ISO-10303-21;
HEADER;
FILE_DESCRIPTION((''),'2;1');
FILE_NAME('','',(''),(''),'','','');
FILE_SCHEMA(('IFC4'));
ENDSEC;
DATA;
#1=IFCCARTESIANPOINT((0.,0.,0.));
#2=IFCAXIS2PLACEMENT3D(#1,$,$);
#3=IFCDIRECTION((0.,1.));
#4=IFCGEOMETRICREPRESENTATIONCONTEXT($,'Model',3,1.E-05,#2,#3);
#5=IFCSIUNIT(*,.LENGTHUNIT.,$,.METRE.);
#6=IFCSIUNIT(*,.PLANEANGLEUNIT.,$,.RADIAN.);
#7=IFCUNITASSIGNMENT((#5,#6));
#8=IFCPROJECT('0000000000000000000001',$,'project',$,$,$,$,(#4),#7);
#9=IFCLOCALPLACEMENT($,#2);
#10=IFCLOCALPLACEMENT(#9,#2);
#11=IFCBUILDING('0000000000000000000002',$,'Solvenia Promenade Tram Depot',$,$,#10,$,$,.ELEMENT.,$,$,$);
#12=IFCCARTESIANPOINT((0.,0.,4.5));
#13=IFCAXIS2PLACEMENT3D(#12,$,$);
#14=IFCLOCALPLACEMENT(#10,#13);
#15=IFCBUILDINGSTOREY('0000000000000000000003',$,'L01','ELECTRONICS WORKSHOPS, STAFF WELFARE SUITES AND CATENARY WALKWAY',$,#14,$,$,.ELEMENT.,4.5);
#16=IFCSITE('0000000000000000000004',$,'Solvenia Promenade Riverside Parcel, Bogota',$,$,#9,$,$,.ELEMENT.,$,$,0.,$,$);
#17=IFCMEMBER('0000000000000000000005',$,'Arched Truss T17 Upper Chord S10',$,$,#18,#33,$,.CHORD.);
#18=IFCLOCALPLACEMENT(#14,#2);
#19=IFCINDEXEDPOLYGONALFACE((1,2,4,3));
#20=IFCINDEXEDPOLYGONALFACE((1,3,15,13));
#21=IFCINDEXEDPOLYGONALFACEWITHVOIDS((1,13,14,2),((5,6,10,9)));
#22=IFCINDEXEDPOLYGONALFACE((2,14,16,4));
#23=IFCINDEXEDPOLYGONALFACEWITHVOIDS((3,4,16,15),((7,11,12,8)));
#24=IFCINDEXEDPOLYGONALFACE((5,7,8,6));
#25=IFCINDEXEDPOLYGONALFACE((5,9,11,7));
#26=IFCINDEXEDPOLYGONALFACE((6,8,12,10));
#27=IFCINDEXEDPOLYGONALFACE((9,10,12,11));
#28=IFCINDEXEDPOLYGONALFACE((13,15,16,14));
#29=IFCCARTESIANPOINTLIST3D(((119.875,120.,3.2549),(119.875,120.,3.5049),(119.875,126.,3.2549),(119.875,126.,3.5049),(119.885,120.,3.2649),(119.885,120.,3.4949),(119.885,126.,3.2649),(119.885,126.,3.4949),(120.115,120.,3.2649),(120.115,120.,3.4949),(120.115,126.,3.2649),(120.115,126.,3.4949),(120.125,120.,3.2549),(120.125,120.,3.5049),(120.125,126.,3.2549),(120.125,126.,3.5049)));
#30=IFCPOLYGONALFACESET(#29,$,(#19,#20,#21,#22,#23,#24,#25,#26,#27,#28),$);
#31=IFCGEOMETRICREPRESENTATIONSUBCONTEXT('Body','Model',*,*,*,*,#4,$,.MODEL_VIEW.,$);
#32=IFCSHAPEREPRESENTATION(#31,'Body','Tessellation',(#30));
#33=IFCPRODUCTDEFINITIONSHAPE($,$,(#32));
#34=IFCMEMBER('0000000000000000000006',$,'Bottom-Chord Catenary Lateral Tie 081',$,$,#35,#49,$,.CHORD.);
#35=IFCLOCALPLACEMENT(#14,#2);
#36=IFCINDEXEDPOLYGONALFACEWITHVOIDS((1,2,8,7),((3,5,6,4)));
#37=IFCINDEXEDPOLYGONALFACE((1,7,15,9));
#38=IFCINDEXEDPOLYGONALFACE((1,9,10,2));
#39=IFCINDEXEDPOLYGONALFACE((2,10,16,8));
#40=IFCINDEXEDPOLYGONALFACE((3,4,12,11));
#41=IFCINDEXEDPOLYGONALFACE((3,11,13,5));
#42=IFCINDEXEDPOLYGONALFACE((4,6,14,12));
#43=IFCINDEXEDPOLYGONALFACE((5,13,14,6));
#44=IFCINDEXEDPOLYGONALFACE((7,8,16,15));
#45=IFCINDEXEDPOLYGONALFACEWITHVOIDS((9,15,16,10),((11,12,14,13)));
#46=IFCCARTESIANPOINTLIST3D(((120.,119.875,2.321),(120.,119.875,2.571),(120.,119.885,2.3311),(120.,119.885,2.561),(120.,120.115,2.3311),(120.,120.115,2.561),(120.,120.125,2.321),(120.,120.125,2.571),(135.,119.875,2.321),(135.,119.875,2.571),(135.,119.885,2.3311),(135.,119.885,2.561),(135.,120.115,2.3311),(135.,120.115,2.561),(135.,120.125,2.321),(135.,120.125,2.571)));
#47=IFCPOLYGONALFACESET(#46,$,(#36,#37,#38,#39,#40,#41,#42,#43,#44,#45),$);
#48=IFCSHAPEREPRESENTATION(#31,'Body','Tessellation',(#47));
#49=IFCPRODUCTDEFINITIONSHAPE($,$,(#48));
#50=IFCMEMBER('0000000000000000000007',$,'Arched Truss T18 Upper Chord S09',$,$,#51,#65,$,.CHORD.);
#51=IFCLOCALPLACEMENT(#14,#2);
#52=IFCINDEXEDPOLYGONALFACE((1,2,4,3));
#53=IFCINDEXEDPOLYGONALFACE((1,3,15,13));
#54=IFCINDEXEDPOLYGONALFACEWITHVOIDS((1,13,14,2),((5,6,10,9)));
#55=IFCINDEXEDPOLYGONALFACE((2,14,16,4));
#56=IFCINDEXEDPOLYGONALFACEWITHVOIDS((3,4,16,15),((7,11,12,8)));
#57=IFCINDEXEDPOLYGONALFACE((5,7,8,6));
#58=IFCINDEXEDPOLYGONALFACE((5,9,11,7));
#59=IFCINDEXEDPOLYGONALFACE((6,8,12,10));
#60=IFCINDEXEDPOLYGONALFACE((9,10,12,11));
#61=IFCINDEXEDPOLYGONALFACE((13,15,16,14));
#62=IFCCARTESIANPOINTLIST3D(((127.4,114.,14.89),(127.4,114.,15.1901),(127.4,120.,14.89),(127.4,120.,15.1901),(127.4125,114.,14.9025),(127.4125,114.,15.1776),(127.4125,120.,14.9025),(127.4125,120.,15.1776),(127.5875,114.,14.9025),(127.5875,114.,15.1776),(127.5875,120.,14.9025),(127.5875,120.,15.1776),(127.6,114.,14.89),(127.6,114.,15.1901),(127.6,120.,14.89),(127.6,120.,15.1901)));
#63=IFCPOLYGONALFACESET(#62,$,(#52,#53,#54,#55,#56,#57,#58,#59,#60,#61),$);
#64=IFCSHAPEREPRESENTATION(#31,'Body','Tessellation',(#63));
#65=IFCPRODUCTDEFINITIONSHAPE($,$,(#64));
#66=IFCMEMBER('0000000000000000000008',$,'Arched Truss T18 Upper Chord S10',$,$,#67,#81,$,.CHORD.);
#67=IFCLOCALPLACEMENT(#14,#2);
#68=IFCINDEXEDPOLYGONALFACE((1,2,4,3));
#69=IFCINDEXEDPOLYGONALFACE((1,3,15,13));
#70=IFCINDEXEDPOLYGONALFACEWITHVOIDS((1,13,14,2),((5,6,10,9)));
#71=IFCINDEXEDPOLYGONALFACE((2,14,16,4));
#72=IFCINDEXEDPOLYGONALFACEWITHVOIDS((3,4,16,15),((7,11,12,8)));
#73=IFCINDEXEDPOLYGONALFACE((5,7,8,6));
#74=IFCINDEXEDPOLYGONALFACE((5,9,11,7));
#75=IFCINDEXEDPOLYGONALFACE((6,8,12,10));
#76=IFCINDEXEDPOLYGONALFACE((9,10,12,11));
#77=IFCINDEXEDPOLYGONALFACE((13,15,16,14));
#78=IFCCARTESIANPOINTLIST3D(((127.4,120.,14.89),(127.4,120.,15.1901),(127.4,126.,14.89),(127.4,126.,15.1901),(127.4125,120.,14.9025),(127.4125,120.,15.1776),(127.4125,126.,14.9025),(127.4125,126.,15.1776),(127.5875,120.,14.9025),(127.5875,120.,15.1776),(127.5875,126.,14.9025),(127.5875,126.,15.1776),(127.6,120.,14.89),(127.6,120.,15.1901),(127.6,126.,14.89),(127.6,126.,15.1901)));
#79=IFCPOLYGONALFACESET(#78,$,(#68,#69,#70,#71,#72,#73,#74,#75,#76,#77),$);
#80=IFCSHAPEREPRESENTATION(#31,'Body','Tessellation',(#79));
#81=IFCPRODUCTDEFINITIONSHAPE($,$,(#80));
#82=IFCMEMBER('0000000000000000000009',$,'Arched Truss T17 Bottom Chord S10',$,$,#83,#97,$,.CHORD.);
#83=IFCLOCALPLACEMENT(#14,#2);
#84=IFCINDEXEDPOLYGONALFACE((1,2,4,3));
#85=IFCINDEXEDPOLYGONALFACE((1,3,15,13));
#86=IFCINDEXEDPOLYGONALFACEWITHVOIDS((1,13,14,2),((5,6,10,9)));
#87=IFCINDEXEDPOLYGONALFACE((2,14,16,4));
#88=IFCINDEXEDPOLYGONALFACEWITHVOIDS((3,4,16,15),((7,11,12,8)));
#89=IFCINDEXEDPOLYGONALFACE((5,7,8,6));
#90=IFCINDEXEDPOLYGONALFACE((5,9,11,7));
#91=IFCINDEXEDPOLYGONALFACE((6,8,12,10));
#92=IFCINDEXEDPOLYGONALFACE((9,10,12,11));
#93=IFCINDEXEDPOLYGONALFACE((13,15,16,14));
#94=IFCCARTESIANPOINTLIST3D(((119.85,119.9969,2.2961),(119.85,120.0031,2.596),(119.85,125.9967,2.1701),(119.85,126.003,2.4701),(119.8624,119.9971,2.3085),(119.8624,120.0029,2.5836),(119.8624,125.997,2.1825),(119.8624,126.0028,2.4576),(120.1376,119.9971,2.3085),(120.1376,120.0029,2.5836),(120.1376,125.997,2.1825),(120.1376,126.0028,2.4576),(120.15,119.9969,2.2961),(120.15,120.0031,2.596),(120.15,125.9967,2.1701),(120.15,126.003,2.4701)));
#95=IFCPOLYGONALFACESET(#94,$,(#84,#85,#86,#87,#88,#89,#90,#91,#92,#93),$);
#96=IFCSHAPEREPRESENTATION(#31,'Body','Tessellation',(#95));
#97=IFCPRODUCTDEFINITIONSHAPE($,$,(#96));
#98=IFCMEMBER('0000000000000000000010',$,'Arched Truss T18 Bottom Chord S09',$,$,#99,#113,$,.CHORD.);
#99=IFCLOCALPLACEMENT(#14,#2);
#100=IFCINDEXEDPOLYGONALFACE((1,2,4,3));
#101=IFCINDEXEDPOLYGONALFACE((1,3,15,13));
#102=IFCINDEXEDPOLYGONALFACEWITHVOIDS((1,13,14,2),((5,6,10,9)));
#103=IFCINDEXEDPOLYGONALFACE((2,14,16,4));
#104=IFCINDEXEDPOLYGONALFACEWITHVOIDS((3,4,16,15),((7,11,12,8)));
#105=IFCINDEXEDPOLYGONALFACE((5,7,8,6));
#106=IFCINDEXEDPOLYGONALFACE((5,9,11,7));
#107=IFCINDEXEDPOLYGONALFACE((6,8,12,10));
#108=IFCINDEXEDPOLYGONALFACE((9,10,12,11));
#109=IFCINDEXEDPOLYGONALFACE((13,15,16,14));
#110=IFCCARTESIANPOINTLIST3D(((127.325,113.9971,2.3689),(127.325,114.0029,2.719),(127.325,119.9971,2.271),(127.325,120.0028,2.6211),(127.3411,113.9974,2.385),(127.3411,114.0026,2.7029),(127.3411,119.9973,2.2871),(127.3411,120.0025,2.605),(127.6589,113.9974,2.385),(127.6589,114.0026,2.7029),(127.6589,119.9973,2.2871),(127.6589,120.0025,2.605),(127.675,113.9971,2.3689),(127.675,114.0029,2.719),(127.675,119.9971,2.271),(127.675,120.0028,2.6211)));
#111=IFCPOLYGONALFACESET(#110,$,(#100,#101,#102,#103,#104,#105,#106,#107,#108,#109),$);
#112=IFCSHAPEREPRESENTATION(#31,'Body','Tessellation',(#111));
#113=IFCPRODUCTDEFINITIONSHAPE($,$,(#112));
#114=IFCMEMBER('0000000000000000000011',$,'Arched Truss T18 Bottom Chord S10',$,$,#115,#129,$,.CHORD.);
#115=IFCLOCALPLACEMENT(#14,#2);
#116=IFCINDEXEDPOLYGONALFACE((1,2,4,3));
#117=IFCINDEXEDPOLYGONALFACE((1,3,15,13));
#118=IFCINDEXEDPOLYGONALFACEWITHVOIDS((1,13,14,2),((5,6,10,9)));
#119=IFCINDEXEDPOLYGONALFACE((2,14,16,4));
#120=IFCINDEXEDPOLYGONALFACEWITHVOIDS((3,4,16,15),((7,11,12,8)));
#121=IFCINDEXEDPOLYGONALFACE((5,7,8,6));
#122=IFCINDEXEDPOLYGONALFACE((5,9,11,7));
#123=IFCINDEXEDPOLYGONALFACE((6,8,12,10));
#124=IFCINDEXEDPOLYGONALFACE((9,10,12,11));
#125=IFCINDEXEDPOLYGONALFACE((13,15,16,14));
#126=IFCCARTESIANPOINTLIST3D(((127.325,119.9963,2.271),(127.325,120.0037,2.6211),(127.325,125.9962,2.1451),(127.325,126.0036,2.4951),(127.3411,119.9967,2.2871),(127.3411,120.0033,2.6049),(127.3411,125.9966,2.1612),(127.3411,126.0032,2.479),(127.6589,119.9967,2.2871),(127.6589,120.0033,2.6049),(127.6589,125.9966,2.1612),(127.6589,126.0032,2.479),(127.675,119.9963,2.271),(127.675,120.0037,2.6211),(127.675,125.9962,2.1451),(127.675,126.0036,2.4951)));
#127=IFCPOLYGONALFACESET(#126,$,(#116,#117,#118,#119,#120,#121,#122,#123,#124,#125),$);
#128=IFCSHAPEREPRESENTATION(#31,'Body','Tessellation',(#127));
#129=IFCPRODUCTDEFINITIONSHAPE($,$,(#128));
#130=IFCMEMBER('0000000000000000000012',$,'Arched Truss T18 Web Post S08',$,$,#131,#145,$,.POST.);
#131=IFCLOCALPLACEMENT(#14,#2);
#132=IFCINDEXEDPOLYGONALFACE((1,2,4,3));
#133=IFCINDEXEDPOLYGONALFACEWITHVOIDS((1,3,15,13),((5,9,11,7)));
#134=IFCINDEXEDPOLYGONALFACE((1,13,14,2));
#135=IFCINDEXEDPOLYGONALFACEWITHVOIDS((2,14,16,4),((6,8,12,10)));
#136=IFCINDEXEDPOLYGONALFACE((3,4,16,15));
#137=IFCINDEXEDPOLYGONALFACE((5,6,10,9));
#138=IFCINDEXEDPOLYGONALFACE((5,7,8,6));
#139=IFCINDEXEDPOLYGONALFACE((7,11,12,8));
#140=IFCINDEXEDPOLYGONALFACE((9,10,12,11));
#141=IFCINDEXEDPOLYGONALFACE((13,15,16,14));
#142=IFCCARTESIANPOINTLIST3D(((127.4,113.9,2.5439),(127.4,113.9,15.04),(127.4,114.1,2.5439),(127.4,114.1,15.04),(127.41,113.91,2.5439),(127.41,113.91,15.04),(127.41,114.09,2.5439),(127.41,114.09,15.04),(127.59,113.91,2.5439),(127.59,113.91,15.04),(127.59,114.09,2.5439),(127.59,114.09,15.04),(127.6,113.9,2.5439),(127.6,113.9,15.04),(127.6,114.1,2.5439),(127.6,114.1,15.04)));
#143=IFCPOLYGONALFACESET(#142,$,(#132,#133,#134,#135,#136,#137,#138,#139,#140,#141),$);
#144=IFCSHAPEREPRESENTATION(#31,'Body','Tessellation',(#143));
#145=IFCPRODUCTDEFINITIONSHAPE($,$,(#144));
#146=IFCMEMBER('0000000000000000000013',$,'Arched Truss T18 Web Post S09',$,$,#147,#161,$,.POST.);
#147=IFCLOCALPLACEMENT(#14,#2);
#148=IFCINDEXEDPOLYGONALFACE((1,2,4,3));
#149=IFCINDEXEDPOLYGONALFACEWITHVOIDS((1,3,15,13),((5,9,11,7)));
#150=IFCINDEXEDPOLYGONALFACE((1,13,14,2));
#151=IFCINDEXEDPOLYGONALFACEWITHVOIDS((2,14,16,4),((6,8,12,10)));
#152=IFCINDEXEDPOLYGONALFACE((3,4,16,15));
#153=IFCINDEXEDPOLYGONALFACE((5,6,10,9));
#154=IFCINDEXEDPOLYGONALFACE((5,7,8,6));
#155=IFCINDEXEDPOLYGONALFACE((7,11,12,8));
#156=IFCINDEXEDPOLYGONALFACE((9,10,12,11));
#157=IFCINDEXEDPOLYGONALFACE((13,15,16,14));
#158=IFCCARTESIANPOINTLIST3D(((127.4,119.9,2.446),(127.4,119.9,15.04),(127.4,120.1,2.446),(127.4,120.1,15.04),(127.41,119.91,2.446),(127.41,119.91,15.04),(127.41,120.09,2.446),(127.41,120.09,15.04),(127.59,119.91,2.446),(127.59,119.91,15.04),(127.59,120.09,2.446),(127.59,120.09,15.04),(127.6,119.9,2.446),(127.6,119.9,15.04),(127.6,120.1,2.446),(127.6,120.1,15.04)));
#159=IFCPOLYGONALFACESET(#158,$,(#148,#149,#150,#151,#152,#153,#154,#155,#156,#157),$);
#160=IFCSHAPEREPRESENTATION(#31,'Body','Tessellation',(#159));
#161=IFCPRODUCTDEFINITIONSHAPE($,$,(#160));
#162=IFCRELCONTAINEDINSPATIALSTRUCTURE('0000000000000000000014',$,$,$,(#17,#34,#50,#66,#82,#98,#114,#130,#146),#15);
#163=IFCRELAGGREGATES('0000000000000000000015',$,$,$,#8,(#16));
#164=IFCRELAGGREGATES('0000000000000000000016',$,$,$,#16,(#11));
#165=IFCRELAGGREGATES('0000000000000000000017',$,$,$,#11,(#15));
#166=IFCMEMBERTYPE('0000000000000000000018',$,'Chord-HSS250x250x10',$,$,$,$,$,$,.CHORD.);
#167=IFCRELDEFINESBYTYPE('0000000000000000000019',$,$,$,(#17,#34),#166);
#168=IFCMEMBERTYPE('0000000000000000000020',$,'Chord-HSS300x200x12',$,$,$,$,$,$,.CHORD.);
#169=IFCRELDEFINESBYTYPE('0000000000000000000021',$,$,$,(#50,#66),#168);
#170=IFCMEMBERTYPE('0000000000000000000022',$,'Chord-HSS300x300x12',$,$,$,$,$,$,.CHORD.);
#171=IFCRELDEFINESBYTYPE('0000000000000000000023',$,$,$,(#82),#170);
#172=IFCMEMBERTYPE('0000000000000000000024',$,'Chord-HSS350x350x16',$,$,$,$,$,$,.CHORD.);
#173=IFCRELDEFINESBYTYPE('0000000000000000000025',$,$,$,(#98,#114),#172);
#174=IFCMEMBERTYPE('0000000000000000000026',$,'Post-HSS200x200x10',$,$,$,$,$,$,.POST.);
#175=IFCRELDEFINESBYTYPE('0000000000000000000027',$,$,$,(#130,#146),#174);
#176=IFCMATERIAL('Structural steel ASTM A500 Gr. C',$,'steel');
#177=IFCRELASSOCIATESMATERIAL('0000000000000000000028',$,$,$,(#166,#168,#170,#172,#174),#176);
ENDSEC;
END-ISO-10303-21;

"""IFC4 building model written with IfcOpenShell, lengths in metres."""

from ifc_helpers import new_model, si_unit, direction, frame, origin, origin_2d, place, context, subcontext, project, spatial, hollow_rectangle, extrude, material, material_profile, profile_set, type_object, element, save


model = new_model("IFC4")

# Units and contexts
model_context = context("Model", 3, precision=1e-05, world=origin(), true_north=direction((0.0, 1.0)))
body_context = subcontext(model_context, "Body", "Model", "MODEL_VIEW")
ifc_project = project(units=[si_unit("LENGTHUNIT", "METRE"), si_unit("PLANEANGLEUNIT", "RADIAN")], contexts=[model_context])

# Site, building, storey
site_placement = place(None, origin())
site = spatial("IfcSite", under=ifc_project, at=site_placement, Name="Solvenia Promenade Riverside Parcel, Bogota", CompositionType="ELEMENT", RefElevation=0.0)
building_placement = place(site_placement, origin())
building = spatial("IfcBuilding", under=site, at=building_placement, Name="Solvenia Promenade Tram Depot", CompositionType="ELEMENT")
storey_placement = place(building_placement, frame((0.0, 0.0, 4.5)))
storey = spatial("IfcBuildingStorey", under=building, at=storey_placement, Name="L01", Description="ELECTRONICS WORKSHOPS, STAFF WELFARE SUITES AND CATENARY WALKWAY", CompositionType="ELEMENT", Elevation=4.5)

# Members
ifc_material_1 = material(Name="Structural steel ASTM A500 Gr. C", Category="steel")
ifc_material_profile_1 = material_profile(ifc_material_1, hollow_rectangle(XDim=0.25, YDim=0.25, WallThickness=0.01, at=origin_2d()), Name="HSS250x250x10", Category="steel")
ifc_profile_set_1 = profile_set([ifc_material_profile_1], Name="Structural steel ASTM A500 Gr. C")
member_type_1 = type_object("IfcMemberType", Name="Chord-HSS250x250x10", PredefinedType="CHORD", material=ifc_profile_set_1)
member_1_placement = place(storey_placement, frame((120.0, 120.0, 3.3799), z_axis=(0.0, 1.0, 0.0), x_axis=(-1.0, 0.0, 0.0)))
element("IfcMember", 1, at=member_1_placement, inside=storey, type_object=member_type_1, Name="Arched Truss T17 Upper Chord S10", PredefinedType="CHORD", context=body_context, shape_type="SweptSolid", body=[
    extrude(hollow_rectangle(XDim=0.25, YDim=0.25, WallThickness=0.01, at=origin_2d()), origin(), (0.0, 0.0, 1.0), 6.0),
])
member_2_placement = place(storey_placement, frame((120.0, 120.0, 2.446), z_axis=(1.0, 0.0, 0.0), x_axis=(0.0, 1.0, 0.0)))
element("IfcMember", 2, at=member_2_placement, inside=storey, type_object=member_type_1, Name="Bottom-Chord Catenary Lateral Tie 081", PredefinedType="CHORD", context=body_context, shape_type="SweptSolid", body=[
    extrude(hollow_rectangle(XDim=0.25, YDim=0.25, WallThickness=0.01, at=origin_2d()), origin(), (0.0, 0.0, 1.0), 15.0),
])
ifc_material_profile_2 = material_profile(ifc_material_1, hollow_rectangle(XDim=0.2, YDim=0.3, WallThickness=0.0125, at=origin_2d()), Name="HSS300x200x12.5", Category="steel")
ifc_profile_set_2 = profile_set([ifc_material_profile_2], Name="Structural steel ASTM A500 Gr. C")
member_type_2 = type_object("IfcMemberType", Name="Chord-HSS300x200x12", PredefinedType="CHORD", material=ifc_profile_set_2)
for number, where, z_axis, x_axis, name in (
    (3, (127.5, 114.0, 15.04), (0.0, 1.0, 0.0), (-1.0, 0.0, 0.0), "Arched Truss T18 Upper Chord S09"),
    (4, (127.5, 120.0, 15.04), (0.0, 1.0, 0.0), (-1.0, 0.0, 0.0), "Arched Truss T18 Upper Chord S10"),
):
    element("IfcMember", number, at=place(storey_placement, frame(where, z_axis=z_axis, x_axis=x_axis)), inside=storey, type_object=member_type_2, Name=name, PredefinedType="CHORD", context=body_context, shape_type="SweptSolid", body=[
        extrude(hollow_rectangle(XDim=0.2, YDim=0.3, WallThickness=0.0125, at=origin_2d()), origin(), (0.0, 0.0, 1.0), 6.0),
    ])
ifc_material_profile_3 = material_profile(ifc_material_1, hollow_rectangle(XDim=0.3, YDim=0.3, WallThickness=0.0125, at=origin_2d()), Name="HSS300x300x12.5", Category="steel")
ifc_profile_set_3 = profile_set([ifc_material_profile_3], Name="Structural steel ASTM A500 Gr. C")
member_type_3 = type_object("IfcMemberType", Name="Chord-HSS300x300x12", PredefinedType="CHORD", material=ifc_profile_set_3)
member_3_placement = place(storey_placement, frame((120.0, 120.0, 2.446), z_axis=(0.0, 0.99978, -0.020991), x_axis=(-1.0, 0.0, 0.0)))
element("IfcMember", 5, at=member_3_placement, inside=storey, type_object=member_type_3, Name="Arched Truss T17 Bottom Chord S10", PredefinedType="CHORD", context=body_context, shape_type="SweptSolid", body=[
    extrude(hollow_rectangle(XDim=0.3, YDim=0.3, WallThickness=0.0125, at=origin_2d()), origin(), (0.0, 0.0, 1.0), 6.0012),
])
ifc_material_profile_4 = material_profile(ifc_material_1, hollow_rectangle(XDim=0.3501, YDim=0.3501, WallThickness=0.0161, at=origin_2d()), Name="HSS350x350x16", Category="steel")
ifc_profile_set_4 = profile_set([ifc_material_profile_4], Name="Structural steel ASTM A500 Gr. C")
member_type_4 = type_object("IfcMemberType", Name="Chord-HSS350x350x16", PredefinedType="CHORD", material=ifc_profile_set_4)
member_4_placement = place(storey_placement, frame((127.5, 114.0, 2.5439), z_axis=(0.0, 0.999867, -0.016315), x_axis=(-1.0, 0.0, 0.0)))
element("IfcMember", 6, at=member_4_placement, inside=storey, type_object=member_type_4, Name="Arched Truss T18 Bottom Chord S09", PredefinedType="CHORD", context=body_context, shape_type="SweptSolid", body=[
    extrude(hollow_rectangle(XDim=0.3501, YDim=0.3501, WallThickness=0.0161, at=origin_2d()), origin(), (0.0, 0.0, 1.0), 6.0007),
])
member_5_placement = place(storey_placement, frame((127.5, 120.0, 2.446), z_axis=(0.0, 0.99978, -0.020991), x_axis=(-1.0, 0.0, 0.0)))
element("IfcMember", 7, at=member_5_placement, inside=storey, type_object=member_type_4, Name="Arched Truss T18 Bottom Chord S10", PredefinedType="CHORD", context=body_context, shape_type="SweptSolid", body=[
    extrude(hollow_rectangle(XDim=0.3501, YDim=0.3501, WallThickness=0.0161, at=origin_2d()), origin(), (0.0, 0.0, 1.0), 6.0012),
])
ifc_material_profile_5 = material_profile(ifc_material_1, hollow_rectangle(XDim=0.2, YDim=0.2, WallThickness=0.01, at=origin_2d()), Name="HSS200x200x10", Category="steel")
ifc_profile_set_5 = profile_set([ifc_material_profile_5], Name="Structural steel ASTM A500 Gr. C")
member_type_5 = type_object("IfcMemberType", Name="Post-HSS200x200x10", PredefinedType="POST", material=ifc_profile_set_5)
member_6_placement = place(storey_placement, frame((127.5, 114.0, 2.5439), z_axis=(0.0, 0.0, 1.0), x_axis=(1.0, 0.0, 0.0)))
element("IfcMember", 8, at=member_6_placement, inside=storey, type_object=member_type_5, Name="Arched Truss T18 Web Post S08", PredefinedType="POST", context=body_context, shape_type="SweptSolid", body=[
    extrude(hollow_rectangle(XDim=0.2, YDim=0.2, WallThickness=0.01, at=origin_2d()), origin(), (0.0, 0.0, 1.0), 12.4961),
])
member_7_placement = place(storey_placement, frame((127.5, 120.0, 2.446), z_axis=(0.0, 0.0, 1.0), x_axis=(1.0, 0.0, 0.0)))
element("IfcMember", 9, at=member_7_placement, inside=storey, type_object=member_type_5, Name="Arched Truss T18 Web Post S09", PredefinedType="POST", context=body_context, shape_type="SweptSolid", body=[
    extrude(hollow_rectangle(XDim=0.2, YDim=0.2, WallThickness=0.01, at=origin_2d()), origin(), (0.0, 0.0, 1.0), 12.594),
])

save(model, "model.ifc")
